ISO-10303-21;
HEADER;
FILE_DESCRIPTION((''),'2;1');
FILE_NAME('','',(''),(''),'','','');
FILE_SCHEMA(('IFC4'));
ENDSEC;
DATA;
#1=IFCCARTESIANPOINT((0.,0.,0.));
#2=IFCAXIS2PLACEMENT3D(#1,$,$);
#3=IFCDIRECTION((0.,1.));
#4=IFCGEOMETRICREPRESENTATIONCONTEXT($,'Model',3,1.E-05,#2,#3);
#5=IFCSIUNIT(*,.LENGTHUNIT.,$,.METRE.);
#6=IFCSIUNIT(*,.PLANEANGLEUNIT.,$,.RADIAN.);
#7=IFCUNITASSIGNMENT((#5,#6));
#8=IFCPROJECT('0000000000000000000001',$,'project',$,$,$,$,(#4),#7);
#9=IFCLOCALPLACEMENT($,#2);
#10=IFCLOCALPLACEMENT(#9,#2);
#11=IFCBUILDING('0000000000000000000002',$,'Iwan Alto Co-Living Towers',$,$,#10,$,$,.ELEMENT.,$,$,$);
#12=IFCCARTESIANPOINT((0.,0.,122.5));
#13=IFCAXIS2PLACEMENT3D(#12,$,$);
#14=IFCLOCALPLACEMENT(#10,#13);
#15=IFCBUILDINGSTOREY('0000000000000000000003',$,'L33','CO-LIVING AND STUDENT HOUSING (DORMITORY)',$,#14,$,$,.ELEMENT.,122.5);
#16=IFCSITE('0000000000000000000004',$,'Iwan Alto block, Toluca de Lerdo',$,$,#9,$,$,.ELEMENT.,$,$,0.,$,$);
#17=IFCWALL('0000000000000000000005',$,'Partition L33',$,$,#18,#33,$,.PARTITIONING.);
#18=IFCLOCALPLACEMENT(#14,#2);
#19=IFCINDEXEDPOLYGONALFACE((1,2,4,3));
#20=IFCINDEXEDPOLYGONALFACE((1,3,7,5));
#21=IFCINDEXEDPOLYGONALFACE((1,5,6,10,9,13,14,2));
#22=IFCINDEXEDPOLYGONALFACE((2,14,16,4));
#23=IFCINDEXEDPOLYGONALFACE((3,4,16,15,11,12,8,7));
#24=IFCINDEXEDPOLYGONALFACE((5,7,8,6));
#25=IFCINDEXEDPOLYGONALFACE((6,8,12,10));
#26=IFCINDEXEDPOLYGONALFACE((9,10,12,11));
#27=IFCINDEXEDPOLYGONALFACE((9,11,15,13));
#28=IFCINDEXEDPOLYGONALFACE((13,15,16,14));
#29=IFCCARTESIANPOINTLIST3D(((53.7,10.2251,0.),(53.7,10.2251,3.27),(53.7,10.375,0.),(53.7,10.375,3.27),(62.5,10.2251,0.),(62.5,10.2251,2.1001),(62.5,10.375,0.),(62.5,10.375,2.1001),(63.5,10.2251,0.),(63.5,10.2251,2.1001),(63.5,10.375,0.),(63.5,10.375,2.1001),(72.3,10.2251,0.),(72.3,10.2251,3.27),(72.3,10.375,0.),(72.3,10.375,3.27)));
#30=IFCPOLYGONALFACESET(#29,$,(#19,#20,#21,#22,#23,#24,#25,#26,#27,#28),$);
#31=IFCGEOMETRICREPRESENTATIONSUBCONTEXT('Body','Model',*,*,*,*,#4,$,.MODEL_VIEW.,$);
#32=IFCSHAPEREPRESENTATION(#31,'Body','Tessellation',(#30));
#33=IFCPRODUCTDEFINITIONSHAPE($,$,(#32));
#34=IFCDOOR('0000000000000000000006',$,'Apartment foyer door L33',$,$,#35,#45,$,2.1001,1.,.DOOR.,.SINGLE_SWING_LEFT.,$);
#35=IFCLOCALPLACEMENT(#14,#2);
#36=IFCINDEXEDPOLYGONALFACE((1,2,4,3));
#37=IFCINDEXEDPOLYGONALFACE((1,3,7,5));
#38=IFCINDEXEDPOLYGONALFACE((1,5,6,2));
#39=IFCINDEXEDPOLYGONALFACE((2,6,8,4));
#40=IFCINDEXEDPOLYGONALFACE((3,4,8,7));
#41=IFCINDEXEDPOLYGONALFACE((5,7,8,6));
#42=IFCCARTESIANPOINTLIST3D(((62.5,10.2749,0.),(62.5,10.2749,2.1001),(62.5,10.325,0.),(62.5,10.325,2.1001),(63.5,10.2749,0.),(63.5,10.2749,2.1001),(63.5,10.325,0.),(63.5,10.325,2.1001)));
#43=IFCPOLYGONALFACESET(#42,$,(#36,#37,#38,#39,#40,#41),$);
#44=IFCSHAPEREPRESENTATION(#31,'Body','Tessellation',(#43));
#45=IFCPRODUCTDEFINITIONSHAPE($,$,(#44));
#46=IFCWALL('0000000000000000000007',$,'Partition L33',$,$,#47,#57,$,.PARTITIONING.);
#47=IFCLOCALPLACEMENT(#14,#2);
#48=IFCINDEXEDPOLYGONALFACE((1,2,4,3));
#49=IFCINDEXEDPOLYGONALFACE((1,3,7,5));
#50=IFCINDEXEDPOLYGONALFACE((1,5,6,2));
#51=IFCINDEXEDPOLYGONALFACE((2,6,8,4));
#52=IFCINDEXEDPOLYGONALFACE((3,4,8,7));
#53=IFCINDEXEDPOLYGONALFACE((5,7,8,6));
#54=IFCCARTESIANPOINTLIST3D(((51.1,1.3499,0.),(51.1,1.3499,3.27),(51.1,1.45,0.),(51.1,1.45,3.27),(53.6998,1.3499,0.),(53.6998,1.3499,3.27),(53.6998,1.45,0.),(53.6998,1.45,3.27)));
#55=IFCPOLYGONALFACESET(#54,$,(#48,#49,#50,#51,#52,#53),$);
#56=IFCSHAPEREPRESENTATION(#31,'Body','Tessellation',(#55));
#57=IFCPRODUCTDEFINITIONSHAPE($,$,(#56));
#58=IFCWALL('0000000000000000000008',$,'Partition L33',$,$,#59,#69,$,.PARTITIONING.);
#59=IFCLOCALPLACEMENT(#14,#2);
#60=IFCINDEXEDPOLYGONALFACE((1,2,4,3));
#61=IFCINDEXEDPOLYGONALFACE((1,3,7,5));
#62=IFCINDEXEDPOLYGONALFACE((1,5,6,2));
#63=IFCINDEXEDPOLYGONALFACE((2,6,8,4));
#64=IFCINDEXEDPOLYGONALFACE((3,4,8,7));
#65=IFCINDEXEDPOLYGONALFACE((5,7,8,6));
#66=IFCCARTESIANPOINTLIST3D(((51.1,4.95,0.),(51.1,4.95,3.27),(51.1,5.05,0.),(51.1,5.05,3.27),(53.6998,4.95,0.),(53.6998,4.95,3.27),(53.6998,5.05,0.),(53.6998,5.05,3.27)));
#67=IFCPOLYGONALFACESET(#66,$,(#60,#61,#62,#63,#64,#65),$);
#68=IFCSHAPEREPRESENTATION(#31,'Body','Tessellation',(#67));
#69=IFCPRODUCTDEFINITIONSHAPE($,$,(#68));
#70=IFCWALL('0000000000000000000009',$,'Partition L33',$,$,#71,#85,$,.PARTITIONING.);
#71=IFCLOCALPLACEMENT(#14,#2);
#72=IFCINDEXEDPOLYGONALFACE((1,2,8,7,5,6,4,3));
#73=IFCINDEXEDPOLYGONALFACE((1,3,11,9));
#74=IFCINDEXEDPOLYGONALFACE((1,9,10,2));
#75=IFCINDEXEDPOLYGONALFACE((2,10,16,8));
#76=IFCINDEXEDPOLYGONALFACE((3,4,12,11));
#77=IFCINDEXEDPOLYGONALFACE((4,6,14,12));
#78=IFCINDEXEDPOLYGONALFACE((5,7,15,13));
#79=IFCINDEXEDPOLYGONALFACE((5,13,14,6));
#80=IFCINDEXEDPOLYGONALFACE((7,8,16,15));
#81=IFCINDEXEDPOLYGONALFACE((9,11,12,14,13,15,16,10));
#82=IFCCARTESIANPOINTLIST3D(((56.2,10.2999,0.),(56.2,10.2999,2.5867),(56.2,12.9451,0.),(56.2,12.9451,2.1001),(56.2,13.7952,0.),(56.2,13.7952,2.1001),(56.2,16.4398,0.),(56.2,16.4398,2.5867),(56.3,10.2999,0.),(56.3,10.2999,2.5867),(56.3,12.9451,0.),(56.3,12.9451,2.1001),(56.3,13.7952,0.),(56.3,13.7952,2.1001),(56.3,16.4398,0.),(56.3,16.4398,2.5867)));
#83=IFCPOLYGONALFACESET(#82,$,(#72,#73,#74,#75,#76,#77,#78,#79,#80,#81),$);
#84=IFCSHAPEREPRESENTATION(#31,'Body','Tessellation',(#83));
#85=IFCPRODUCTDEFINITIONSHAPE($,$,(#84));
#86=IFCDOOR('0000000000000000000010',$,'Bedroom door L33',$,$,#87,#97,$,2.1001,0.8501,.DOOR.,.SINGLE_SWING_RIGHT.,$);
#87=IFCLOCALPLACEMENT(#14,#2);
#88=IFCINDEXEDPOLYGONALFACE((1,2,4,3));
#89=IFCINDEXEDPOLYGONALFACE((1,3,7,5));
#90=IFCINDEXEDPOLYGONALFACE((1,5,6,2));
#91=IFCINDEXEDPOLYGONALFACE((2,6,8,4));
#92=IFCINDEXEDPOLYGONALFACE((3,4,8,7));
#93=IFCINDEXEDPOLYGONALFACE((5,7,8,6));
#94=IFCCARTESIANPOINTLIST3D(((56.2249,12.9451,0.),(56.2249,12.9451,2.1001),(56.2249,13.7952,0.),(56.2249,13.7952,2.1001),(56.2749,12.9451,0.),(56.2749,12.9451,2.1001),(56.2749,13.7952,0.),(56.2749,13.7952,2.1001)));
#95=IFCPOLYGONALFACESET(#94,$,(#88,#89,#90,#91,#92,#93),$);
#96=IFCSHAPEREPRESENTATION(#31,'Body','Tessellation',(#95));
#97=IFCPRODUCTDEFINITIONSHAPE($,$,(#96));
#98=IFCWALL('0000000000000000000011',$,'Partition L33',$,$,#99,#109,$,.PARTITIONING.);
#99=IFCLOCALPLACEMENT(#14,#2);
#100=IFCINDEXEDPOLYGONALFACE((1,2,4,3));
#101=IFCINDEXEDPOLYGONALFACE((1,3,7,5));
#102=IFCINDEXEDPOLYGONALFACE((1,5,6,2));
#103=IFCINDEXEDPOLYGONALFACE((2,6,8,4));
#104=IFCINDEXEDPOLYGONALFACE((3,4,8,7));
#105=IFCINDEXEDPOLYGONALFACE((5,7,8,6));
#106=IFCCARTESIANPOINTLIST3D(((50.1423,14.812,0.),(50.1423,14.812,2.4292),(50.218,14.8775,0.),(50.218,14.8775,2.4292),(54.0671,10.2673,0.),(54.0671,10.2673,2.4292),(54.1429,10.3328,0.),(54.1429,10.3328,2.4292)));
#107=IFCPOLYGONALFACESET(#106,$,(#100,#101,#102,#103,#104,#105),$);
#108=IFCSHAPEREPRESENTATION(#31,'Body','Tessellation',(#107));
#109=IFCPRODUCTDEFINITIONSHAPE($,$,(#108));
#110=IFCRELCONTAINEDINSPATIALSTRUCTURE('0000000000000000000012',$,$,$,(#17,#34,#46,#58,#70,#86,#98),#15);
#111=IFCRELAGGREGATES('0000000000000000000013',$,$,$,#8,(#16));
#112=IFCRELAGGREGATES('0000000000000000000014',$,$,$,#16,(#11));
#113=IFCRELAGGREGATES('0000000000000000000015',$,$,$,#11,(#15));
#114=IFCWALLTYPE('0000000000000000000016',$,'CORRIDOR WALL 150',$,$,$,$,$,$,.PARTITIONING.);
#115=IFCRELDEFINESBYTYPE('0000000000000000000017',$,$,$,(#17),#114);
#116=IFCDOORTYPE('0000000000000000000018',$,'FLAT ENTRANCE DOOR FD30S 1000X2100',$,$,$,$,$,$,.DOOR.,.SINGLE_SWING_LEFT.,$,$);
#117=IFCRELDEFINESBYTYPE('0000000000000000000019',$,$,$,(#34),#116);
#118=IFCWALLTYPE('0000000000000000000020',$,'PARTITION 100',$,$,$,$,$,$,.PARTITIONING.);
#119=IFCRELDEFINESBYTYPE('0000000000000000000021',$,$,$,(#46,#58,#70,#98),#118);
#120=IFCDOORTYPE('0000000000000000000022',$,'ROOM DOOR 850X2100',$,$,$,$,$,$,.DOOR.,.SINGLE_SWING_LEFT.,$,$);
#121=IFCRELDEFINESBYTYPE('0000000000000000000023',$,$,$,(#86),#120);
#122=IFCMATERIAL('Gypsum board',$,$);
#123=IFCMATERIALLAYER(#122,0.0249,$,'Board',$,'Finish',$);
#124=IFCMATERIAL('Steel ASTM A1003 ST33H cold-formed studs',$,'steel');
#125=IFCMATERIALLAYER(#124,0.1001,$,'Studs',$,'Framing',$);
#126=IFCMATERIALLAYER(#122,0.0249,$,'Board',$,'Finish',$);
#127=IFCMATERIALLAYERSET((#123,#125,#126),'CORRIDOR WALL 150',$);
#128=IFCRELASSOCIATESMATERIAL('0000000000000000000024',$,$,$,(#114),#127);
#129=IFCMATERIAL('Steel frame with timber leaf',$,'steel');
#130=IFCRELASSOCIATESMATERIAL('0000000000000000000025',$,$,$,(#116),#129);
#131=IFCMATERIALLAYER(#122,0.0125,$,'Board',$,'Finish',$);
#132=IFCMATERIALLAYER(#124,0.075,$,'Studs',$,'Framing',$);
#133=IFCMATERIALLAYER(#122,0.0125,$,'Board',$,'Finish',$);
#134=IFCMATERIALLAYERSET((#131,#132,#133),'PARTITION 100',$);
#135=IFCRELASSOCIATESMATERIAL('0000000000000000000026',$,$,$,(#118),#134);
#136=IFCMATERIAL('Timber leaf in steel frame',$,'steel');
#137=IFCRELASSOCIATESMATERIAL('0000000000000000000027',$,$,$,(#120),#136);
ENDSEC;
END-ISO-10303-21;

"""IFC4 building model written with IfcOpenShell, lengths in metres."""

from ifc_helpers import new_model, si_unit, direction, frame, frame_2d, origin, place, context, subcontext, project, spatial, rectangle, extrude, material, layer, layer_set, type_object, element, fill, save


model = new_model("IFC4")

# Units and contexts
model_context = context("Model", 3, precision=1e-05, world=origin(), true_north=direction((0.0, 1.0)))
body_context = subcontext(model_context, "Body", "Model", "MODEL_VIEW")
ifc_project = project(units=[si_unit("LENGTHUNIT", "METRE"), si_unit("PLANEANGLEUNIT", "RADIAN")], contexts=[model_context])

# Site, building, storey
site_placement = place(None, origin())
site = spatial("IfcSite", under=ifc_project, at=site_placement, Name="Iwan Alto block, Toluca de Lerdo", CompositionType="ELEMENT", RefElevation=0.0)
building_placement = place(site_placement, origin())
building = spatial("IfcBuilding", under=site, at=building_placement, Name="Iwan Alto Co-Living Towers", CompositionType="ELEMENT")
storey_placement = place(building_placement, frame((0.0, 0.0, 122.5)))
storey = spatial("IfcBuildingStorey", under=building, at=storey_placement, Name="L33", Description="CO-LIVING AND STUDENT HOUSING (DORMITORY)", CompositionType="ELEMENT", Elevation=122.5)

# Wall, opening, door
ifc_material_1 = material(Name="Gypsum board")
ifc_layer_1 = layer(ifc_material_1, 0.0249, Name="Board", Category="Finish")
ifc_material_2 = material(Name="Steel ASTM A1003 ST33H cold-formed studs", Category="steel")
ifc_layer_2 = layer(ifc_material_2, 0.1001, Name="Studs", Category="Framing")
ifc_layer_3 = layer(ifc_material_1, 0.0249, Name="Board", Category="Finish")
ifc_layer_set_1 = layer_set([ifc_layer_1, ifc_layer_2, ifc_layer_3], Name="CORRIDOR WALL 150")
wall_type_1 = type_object("IfcWallType", Name="CORRIDOR WALL 150", PredefinedType="PARTITIONING", material=ifc_layer_set_1)
wall_1_placement = place(storey_placement, frame((53.7, 10.3, 0.0), z_axis=(0.0, 0.0, 1.0), x_axis=(1.0, 0.0, 0.0)))
wall_1 = element("IfcWall", 1, at=wall_1_placement, inside=storey, type_object=wall_type_1, Name="Partition L33", PredefinedType="PARTITIONING", context=body_context, shape_type="SweptSolid", body=[
    extrude(rectangle(XDim=18.6001, YDim=0.1499, at=frame_2d((9.3, 0.0))), origin(), (0.0, 0.0, 1.0), 3.27),
])
opening_1_placement = place(wall_1_placement, frame((8.8, 0.0, 0.0)))
opening_1 = element("IfcOpeningElement", 2, at=opening_1_placement, cuts=wall_1, PredefinedType="OPENING", context=body_context, shape_type="SweptSolid", body=[
    extrude(rectangle(XDim=1.0, YDim=2.1001, at=frame_2d((0.5, 1.05))), frame((0.0, 0.085, 0.0), z_axis=(0.0, -1.0, 0.0), x_axis=(1.0, 0.0, 0.0)), (0.0, 0.0, 1.0), 0.1699),
])
ifc_material_3 = material(Name="Steel frame with timber leaf", Category="steel")
door_type_1 = type_object("IfcDoorType", Name="FLAT ENTRANCE DOOR FD30S 1000X2100", OperationType="SINGLE_SWING_LEFT", PredefinedType="DOOR", material=ifc_material_3)
door_1_placement = place(opening_1_placement, origin())
door_1 = element("IfcDoor", 3, at=door_1_placement, inside=storey, type_object=door_type_1, Name="Apartment foyer door L33", OperationType="SINGLE_SWING_LEFT", OverallHeight=2.1001, OverallWidth=1.0, PredefinedType="DOOR", context=body_context, shape_type="SweptSolid", body=[
    extrude(rectangle(XDim=1.0, YDim=2.1001, at=frame_2d((0.5, 1.05))), frame((0.0, 0.0249, 0.0), z_axis=(0.0, -1.0, 0.0), x_axis=(1.0, 0.0, 0.0)), (0.0, 0.0, 1.0), 0.05),
])
fill(opening_1, door_1)

# Walls
ifc_layer_4 = layer(ifc_material_1, 0.0125, Name="Board", Category="Finish")
ifc_layer_5 = layer(ifc_material_2, 0.075, Name="Studs", Category="Framing")
ifc_layer_6 = layer(ifc_material_1, 0.0125, Name="Board", Category="Finish")
ifc_layer_set_2 = layer_set([ifc_layer_4, ifc_layer_5, ifc_layer_6], Name="PARTITION 100")
wall_type_2 = type_object("IfcWallType", Name="PARTITION 100", PredefinedType="PARTITIONING", material=ifc_layer_set_2)
for number, where, z_axis, x_axis, name in (
    (4, (51.1001, 1.3999, 0.0), (0.0, 0.0, 1.0), (1.0, 0.0, 0.0), "Partition L33"),
    (5, (51.1001, 5.0, 0.0), (0.0, 0.0, 1.0), (1.0, 0.0, 0.0), "Partition L33"),
):
    element("IfcWall", number, at=place(storey_placement, frame(where, z_axis=z_axis, x_axis=x_axis)), inside=storey, type_object=wall_type_2, Name=name, PredefinedType="PARTITIONING", context=body_context, shape_type="SweptSolid", body=[
        extrude(rectangle(XDim=2.5999, YDim=0.1001, at=frame_2d((1.2998, 0.0))), origin(), (0.0, 0.0, 1.0), 3.27),
    ])

# Wall, opening, door
wall_2_placement = place(storey_placement, frame((56.25, 10.3, 0.0), z_axis=(0.0, 0.0, 1.0), x_axis=(0.0, 1.0, 0.0)))
wall_2 = element("IfcWall", 6, at=wall_2_placement, inside=storey, type_object=wall_type_2, Name="Partition L33", PredefinedType="PARTITIONING", context=body_context, shape_type="SweptSolid", body=[
    extrude(rectangle(XDim=6.1399, YDim=0.1001, at=frame_2d((3.0698, 0.0))), origin(), (0.0, 0.0, 1.0), 2.5867),
])
opening_2_placement = place(wall_2_placement, frame((2.645, 0.0, 0.0)))
opening_2 = element("IfcOpeningElement", 7, at=opening_2_placement, cuts=wall_2, PredefinedType="OPENING", context=body_context, shape_type="SweptSolid", body=[
    extrude(rectangle(XDim=0.8501, YDim=2.1001, at=frame_2d((0.425, 1.05))), frame((0.0, 0.0601, 0.0), z_axis=(0.0, -1.0, 0.0), x_axis=(1.0, 0.0, 0.0)), (0.0, 0.0, 1.0), 0.1201),
])
ifc_material_4 = material(Name="Timber leaf in steel frame", Category="steel")
door_type_2 = type_object("IfcDoorType", Name="ROOM DOOR 850X2100", OperationType="SINGLE_SWING_LEFT", PredefinedType="DOOR", material=ifc_material_4)
door_2_placement = place(opening_2_placement, frame((0.8501, 0.0, 0.0), z_axis=(0.0, 0.0, 1.0), x_axis=(-1.0, 0.0, 0.0)))
door_2 = element("IfcDoor", 8, at=door_2_placement, inside=storey, type_object=door_type_2, Name="Bedroom door L33", OperationType="SINGLE_SWING_RIGHT", OverallHeight=2.1001, OverallWidth=0.8501, PredefinedType="DOOR", context=body_context, shape_type="SweptSolid", body=[
    extrude(rectangle(XDim=0.8501, YDim=2.1001, at=frame_2d((0.425, 1.05))), frame((0.0, 0.0249, 0.0), z_axis=(0.0, -1.0, 0.0), x_axis=(1.0, 0.0, 0.0)), (0.0, 0.0, 1.0), 0.05),
])
fill(opening_2, door_2)

# Wall
wall_3_placement = place(storey_placement, frame((54.105, 10.3, 0.0), z_axis=(0.0, 0.0, 1.0), x_axis=(-0.653606, 0.756835, 0.0)))
element("IfcWall", 9, at=wall_3_placement, inside=storey, type_object=wall_type_2, Name="Partition L33", PredefinedType="PARTITIONING", context=body_context, shape_type="SweptSolid", body=[
    extrude(rectangle(XDim=6.0049, YDim=0.1001, at=frame_2d((3.0024, 0.0))), origin(), (0.0, 0.0, 1.0), 2.4292),
])

save(model, "model.ifc")
